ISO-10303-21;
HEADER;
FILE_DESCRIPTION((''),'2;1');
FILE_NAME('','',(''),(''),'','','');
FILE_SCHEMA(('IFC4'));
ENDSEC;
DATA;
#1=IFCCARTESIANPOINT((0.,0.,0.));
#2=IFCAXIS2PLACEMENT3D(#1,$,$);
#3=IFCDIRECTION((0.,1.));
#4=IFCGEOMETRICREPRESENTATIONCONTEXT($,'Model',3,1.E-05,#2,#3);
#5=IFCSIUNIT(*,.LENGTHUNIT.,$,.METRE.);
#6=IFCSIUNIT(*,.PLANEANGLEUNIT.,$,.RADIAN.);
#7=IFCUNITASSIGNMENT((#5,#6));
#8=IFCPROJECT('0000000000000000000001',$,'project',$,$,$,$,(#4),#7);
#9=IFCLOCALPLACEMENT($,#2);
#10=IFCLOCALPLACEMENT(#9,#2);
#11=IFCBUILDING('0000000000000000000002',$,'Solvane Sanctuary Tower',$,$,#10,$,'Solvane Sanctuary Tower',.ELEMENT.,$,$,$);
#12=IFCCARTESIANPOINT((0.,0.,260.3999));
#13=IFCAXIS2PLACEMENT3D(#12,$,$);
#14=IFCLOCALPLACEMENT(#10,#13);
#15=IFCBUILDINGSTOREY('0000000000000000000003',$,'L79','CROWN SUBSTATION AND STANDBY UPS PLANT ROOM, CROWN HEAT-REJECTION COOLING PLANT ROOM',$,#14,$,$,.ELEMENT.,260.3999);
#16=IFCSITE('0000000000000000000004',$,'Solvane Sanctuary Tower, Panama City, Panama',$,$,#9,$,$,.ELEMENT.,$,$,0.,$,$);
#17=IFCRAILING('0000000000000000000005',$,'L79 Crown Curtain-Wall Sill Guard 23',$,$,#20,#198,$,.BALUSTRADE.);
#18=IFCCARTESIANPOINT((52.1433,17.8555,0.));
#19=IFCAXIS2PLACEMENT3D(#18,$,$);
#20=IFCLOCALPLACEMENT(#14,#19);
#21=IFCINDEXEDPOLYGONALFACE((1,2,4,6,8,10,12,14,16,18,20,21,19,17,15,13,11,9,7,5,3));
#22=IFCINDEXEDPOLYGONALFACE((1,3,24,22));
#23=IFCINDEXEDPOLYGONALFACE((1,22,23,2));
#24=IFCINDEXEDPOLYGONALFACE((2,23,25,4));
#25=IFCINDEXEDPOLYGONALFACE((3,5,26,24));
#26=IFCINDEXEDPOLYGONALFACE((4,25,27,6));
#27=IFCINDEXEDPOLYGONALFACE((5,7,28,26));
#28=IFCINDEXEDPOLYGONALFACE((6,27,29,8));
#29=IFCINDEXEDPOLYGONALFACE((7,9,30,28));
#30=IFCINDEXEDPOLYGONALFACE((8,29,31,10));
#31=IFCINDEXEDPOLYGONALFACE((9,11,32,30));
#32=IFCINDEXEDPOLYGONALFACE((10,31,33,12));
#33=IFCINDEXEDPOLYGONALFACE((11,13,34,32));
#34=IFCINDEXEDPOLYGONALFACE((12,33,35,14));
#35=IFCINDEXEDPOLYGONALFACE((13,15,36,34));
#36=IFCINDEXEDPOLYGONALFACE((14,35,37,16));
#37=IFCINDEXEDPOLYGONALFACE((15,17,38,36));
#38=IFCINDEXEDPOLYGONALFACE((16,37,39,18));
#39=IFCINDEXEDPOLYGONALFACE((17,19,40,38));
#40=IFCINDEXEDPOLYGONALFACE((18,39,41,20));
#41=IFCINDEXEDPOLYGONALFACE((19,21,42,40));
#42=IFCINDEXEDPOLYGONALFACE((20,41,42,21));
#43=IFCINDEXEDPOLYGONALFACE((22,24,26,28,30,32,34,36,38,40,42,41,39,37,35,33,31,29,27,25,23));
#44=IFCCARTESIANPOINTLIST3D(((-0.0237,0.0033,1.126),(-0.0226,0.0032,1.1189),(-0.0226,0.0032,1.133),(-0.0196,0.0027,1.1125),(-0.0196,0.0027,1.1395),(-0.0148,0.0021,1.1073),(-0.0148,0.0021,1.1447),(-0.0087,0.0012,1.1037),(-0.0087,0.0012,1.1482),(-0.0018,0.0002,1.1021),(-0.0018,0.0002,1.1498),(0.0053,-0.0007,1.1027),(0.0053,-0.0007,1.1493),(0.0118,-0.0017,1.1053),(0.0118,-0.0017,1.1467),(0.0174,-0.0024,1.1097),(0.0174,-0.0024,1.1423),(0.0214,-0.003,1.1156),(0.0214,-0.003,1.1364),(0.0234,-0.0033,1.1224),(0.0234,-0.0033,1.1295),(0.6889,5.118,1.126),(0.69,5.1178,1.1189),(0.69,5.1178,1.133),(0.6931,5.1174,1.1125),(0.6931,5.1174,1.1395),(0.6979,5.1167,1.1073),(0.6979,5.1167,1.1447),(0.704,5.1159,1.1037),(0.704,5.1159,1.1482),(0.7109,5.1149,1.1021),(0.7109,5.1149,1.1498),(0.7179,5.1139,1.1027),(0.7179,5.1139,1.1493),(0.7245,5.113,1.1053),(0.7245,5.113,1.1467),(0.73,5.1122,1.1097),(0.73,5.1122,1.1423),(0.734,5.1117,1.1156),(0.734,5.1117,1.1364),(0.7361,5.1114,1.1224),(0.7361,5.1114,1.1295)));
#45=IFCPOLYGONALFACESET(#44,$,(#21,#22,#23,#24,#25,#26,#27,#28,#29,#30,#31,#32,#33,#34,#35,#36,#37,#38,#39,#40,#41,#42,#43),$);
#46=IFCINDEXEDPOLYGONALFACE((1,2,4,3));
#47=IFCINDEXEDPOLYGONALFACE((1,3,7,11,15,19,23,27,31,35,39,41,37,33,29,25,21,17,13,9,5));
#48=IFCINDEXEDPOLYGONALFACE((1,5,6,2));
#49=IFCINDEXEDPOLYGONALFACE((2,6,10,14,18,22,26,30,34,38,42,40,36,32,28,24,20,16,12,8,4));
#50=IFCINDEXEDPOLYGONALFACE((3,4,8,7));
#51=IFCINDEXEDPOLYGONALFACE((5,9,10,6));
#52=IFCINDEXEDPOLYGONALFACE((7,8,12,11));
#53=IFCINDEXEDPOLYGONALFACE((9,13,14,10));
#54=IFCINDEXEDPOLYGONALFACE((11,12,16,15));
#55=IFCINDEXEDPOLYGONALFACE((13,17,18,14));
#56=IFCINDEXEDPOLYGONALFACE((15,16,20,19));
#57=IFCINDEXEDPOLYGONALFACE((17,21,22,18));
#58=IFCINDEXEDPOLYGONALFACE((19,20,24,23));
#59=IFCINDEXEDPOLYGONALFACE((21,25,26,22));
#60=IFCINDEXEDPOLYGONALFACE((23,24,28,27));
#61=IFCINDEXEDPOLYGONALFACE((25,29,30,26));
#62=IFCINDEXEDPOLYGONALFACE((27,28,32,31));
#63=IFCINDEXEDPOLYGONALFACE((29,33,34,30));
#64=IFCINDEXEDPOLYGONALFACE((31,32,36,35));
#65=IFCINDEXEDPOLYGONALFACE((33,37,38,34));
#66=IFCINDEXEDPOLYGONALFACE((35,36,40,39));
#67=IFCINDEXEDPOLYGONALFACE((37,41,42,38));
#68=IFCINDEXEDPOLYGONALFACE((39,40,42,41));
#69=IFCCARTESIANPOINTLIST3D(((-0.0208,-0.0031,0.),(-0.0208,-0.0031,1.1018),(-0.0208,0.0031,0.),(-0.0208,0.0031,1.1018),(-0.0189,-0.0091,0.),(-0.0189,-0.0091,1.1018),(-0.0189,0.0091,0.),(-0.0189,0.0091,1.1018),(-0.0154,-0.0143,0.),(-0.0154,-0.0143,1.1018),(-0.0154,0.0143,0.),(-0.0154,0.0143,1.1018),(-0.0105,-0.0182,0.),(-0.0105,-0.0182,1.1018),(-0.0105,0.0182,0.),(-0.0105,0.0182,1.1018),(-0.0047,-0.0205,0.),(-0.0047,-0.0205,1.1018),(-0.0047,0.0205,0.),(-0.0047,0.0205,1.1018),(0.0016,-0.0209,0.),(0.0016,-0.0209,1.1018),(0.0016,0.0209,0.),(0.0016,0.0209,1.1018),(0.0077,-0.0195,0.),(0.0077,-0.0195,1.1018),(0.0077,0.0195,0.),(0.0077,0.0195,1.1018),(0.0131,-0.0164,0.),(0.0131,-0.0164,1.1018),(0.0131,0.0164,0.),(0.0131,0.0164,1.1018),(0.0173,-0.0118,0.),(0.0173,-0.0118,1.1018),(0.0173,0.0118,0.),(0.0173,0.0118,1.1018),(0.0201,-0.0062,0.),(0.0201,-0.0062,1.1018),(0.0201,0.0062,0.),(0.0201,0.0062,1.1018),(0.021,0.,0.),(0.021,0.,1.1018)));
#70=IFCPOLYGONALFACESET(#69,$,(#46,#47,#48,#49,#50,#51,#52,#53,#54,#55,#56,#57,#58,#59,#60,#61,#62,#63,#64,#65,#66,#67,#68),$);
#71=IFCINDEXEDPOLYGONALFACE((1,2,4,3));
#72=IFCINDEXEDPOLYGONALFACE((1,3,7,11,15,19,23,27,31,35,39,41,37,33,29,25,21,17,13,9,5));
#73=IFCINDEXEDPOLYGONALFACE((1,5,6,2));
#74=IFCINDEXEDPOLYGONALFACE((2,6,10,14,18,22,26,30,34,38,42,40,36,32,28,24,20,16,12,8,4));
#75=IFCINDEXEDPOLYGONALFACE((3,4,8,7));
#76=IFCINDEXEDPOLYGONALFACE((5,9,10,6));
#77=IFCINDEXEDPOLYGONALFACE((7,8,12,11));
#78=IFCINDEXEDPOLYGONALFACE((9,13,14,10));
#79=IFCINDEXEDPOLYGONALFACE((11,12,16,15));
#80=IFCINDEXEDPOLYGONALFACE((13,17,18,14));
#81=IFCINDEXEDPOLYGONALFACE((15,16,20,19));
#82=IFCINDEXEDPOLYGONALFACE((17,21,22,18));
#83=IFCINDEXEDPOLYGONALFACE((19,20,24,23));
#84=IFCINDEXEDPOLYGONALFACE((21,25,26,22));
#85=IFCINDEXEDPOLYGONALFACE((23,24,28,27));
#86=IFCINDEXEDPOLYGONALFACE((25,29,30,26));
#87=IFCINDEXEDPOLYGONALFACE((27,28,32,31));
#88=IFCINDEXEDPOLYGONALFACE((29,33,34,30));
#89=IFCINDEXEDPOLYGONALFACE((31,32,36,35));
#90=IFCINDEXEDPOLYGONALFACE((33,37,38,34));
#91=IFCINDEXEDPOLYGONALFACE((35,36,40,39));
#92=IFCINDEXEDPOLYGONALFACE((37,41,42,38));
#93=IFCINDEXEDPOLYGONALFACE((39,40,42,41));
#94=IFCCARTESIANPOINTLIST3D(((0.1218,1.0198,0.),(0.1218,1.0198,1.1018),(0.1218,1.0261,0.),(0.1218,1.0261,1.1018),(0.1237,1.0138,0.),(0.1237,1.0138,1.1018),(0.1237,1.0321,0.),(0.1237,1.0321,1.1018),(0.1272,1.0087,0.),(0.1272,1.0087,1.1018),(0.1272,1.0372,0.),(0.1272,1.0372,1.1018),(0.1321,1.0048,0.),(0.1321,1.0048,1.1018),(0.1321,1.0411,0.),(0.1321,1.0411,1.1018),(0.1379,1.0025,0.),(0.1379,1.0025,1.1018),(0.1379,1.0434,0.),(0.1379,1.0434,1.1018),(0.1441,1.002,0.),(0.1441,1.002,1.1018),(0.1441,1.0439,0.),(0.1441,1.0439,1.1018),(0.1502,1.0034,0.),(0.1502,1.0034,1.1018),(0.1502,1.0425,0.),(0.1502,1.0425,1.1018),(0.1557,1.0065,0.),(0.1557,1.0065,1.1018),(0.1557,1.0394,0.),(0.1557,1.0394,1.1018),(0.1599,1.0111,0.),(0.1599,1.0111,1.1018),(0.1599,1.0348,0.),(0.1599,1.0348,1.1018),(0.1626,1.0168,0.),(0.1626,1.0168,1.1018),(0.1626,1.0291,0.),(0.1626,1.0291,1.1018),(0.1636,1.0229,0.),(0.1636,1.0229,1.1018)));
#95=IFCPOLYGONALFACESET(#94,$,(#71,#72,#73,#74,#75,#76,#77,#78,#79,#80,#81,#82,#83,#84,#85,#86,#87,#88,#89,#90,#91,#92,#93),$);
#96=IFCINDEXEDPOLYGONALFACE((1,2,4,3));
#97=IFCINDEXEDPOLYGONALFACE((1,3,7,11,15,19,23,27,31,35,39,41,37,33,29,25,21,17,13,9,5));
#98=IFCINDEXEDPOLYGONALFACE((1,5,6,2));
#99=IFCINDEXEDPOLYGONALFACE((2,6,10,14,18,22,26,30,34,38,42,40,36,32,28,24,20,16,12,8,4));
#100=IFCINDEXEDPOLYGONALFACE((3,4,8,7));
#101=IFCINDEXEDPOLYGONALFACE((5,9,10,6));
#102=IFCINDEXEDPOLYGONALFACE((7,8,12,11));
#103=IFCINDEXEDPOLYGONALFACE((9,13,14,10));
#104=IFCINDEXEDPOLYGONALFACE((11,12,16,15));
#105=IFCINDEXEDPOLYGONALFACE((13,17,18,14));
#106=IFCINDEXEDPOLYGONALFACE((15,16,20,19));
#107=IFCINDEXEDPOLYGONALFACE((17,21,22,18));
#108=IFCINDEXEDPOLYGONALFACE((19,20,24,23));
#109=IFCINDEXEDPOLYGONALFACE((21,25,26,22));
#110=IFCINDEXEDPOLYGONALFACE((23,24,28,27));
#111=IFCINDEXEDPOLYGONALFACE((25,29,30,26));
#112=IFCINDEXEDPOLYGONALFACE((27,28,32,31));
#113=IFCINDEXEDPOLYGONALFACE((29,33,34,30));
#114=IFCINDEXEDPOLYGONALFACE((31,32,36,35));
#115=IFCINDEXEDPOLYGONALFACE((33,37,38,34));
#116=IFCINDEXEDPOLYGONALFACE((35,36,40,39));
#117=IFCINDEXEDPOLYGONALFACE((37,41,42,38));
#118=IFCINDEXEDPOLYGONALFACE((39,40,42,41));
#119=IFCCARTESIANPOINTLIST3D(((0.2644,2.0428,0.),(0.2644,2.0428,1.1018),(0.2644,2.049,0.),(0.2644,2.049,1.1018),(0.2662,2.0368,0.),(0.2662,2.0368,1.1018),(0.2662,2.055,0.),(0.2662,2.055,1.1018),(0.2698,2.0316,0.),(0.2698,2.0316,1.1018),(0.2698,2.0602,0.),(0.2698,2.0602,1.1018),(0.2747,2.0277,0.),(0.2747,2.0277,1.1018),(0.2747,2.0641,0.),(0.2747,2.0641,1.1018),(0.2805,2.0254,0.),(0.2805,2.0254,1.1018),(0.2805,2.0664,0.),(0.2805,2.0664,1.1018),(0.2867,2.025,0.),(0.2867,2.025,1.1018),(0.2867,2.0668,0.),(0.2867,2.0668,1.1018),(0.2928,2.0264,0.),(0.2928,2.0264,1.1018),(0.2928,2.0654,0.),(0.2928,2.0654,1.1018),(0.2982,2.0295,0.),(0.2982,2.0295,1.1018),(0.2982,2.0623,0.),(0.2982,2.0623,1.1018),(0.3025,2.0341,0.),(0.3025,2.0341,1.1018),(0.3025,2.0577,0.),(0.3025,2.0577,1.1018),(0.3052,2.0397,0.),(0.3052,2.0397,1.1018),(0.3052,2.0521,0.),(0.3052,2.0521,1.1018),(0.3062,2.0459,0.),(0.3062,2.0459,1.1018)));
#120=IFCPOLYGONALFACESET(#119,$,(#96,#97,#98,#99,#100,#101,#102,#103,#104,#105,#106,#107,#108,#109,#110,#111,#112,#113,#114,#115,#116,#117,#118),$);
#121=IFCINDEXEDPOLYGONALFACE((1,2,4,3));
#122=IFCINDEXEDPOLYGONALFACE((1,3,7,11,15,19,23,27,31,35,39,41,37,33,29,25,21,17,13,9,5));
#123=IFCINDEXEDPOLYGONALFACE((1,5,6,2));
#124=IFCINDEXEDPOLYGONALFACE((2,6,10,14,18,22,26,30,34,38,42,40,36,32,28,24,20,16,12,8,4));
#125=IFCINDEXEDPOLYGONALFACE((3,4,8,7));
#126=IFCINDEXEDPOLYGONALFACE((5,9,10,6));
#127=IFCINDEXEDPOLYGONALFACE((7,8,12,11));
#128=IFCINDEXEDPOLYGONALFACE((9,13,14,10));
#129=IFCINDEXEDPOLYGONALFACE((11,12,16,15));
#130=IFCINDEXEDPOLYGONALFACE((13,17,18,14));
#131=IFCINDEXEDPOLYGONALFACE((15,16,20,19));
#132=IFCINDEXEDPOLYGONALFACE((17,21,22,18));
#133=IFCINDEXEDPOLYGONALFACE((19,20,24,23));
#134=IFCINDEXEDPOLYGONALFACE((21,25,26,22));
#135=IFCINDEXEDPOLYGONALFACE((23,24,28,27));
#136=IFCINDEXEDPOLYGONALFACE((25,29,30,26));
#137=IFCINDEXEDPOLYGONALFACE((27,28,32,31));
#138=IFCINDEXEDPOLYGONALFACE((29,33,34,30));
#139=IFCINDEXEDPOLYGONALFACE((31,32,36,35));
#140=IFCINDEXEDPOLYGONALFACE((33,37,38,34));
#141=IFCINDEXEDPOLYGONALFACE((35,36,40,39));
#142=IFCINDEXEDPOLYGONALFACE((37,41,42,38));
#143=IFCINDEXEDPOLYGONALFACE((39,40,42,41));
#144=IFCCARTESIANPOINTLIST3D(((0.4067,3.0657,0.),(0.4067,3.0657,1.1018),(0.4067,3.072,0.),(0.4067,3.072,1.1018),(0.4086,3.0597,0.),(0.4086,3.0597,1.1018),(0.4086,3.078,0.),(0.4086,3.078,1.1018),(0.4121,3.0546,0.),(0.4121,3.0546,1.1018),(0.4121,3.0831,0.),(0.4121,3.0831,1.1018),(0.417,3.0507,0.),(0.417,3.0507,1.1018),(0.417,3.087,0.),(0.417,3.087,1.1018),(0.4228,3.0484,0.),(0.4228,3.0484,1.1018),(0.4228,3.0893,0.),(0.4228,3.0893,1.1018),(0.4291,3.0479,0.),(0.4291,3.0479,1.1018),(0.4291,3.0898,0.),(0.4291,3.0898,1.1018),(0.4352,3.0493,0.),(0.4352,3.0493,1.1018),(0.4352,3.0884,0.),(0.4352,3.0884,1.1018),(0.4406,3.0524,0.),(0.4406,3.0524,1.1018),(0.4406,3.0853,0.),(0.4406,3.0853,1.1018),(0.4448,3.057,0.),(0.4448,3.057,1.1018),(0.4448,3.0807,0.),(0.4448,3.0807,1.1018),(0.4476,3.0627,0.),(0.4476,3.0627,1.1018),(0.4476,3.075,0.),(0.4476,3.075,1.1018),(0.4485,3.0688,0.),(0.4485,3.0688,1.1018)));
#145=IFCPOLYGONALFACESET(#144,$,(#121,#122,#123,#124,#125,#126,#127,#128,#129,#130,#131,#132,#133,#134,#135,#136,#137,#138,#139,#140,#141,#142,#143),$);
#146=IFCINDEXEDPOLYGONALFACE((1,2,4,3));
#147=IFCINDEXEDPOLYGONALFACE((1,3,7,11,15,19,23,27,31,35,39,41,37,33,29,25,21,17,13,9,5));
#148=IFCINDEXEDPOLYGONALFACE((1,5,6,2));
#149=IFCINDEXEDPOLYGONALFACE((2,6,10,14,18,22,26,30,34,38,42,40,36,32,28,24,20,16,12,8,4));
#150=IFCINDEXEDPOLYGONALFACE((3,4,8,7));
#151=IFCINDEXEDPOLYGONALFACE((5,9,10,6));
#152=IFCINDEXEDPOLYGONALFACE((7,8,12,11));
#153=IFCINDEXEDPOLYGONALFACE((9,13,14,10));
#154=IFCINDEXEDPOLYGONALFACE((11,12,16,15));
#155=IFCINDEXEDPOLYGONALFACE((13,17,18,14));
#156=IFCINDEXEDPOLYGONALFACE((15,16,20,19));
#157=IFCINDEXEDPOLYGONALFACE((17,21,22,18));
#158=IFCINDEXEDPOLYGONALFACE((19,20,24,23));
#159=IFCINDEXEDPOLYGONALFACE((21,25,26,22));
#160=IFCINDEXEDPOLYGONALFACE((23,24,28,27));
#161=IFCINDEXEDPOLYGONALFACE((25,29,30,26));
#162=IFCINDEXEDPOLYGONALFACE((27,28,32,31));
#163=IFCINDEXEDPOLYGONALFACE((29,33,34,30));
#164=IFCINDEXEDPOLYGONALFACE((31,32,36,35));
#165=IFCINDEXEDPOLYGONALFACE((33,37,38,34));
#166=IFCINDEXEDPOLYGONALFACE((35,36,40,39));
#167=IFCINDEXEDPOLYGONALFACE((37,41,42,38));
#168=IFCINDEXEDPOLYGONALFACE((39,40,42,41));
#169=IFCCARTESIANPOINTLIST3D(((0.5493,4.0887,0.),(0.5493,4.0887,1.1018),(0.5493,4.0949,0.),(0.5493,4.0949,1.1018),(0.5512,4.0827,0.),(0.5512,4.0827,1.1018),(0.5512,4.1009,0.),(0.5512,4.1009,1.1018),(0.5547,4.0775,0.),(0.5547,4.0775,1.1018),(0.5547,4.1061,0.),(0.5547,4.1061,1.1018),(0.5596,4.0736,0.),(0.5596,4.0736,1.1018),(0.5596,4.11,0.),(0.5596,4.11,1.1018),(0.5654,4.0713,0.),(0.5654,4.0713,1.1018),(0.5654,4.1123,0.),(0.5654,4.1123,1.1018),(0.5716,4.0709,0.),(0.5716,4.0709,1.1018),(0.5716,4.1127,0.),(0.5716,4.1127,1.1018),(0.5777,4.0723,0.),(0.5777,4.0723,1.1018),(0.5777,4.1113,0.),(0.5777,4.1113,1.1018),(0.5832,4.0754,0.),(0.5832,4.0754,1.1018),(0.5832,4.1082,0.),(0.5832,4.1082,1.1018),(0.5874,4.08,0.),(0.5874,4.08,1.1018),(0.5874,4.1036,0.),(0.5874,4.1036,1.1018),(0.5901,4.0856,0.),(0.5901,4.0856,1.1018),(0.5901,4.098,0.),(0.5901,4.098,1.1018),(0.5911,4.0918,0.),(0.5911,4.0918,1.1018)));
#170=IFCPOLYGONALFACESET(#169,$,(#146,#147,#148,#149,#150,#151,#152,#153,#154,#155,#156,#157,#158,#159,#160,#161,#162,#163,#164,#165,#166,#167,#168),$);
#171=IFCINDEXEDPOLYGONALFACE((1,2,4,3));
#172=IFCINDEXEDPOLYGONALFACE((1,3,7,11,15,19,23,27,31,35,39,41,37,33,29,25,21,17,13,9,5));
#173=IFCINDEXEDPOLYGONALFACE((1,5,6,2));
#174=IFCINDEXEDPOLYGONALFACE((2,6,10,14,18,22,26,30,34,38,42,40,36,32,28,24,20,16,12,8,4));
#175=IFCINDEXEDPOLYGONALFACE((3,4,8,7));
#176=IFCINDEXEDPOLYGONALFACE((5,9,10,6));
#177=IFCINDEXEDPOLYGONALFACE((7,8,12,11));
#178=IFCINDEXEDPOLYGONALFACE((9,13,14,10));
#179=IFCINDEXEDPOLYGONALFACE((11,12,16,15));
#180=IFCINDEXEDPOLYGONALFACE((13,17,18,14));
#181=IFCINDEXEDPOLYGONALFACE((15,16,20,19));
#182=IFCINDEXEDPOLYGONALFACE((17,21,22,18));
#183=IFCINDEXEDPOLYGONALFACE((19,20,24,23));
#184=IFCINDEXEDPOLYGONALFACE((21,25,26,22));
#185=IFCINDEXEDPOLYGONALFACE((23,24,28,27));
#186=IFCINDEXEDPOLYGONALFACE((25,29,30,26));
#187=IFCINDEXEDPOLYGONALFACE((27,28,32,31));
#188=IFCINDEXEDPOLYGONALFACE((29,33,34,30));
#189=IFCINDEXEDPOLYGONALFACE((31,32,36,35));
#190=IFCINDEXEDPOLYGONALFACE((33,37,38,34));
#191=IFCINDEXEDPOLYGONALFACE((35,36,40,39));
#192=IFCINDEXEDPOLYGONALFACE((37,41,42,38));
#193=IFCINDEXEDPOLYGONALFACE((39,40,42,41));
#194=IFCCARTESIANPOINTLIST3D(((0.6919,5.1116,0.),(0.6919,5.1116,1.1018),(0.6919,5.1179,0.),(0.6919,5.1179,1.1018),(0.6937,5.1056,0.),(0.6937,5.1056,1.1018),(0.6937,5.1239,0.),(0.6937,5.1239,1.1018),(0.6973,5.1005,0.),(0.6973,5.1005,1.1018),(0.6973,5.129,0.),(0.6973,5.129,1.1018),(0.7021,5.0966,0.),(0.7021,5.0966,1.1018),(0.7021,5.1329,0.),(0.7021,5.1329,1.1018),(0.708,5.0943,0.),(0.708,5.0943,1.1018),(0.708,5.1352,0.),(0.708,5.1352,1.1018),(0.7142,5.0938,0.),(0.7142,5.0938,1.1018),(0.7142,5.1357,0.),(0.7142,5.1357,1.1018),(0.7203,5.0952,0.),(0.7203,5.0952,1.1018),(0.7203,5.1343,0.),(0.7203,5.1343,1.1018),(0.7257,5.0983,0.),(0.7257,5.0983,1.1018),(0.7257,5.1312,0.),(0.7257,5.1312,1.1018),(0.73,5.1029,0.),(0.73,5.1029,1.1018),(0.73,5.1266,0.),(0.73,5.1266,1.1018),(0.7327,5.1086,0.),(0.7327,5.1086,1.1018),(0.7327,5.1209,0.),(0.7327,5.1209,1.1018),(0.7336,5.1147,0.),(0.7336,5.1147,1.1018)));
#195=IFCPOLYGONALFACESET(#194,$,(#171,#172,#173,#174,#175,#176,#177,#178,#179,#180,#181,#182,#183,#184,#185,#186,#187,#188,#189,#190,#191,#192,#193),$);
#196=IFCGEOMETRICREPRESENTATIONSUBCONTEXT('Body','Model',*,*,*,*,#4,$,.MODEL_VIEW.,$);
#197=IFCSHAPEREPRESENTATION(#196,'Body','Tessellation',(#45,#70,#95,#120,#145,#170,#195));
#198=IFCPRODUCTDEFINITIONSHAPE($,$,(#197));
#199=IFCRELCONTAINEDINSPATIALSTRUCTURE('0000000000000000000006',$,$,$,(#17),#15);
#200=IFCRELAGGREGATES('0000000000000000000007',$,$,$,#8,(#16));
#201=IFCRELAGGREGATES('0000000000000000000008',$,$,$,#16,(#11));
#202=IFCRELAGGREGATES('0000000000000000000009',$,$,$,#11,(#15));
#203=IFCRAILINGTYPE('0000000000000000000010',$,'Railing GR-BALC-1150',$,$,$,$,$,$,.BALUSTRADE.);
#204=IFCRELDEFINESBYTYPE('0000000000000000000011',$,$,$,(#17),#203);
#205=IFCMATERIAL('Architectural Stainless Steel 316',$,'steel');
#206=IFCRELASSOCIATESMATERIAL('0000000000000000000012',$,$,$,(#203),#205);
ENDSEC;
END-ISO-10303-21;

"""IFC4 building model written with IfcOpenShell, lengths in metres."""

from ifc_helpers import new_model, si_unit, direction, frame, origin, origin_2d, place, context, subcontext, project, spatial, circle, extrude, material, type_object, element, save


model = new_model("IFC4")

# Units and contexts
model_context = context("Model", 3, precision=1e-05, world=origin(), true_north=direction((0.0, 1.0)))
body_context = subcontext(model_context, "Body", "Model", "MODEL_VIEW")
ifc_project = project(units=[si_unit("LENGTHUNIT", "METRE"), si_unit("PLANEANGLEUNIT", "RADIAN")], contexts=[model_context])

# Site, building, storey
site_placement = place(None, origin())
site = spatial("IfcSite", under=ifc_project, at=site_placement, Name="Solvane Sanctuary Tower, Panama City, Panama", CompositionType="ELEMENT", RefElevation=0.0)
building_placement = place(site_placement, origin())
building = spatial("IfcBuilding", under=site, at=building_placement, Name="Solvane Sanctuary Tower", LongName="Solvane Sanctuary Tower", CompositionType="ELEMENT")
storey_placement = place(building_placement, frame((0.0, 0.0, 260.3999)))
storey = spatial("IfcBuildingStorey", under=building, at=storey_placement, Name="L79", Description="CROWN SUBSTATION AND STANDBY UPS PLANT ROOM, CROWN HEAT-REJECTION COOLING PLANT ROOM", CompositionType="ELEMENT", Elevation=260.3999)

# Shared definitions
ifc_material_1 = material(Name="Architectural Stainless Steel 316", Category="steel")

# Railing
railing_type_1 = type_object("IfcRailingType", Name="Railing GR-BALC-1150", PredefinedType="BALUSTRADE", material=ifc_material_1)
railing_1_placement = place(storey_placement, frame((52.1433, 17.8555, 0.0)))
element("IfcRailing", 1, at=railing_1_placement, inside=storey, type_object=railing_type_1, Name="L79 Crown Curtain-Wall Sill Guard 23", PredefinedType="BALUSTRADE", context=body_context, shape_type="SweptSolid", body=[
    extrude(circle(Radius=0.0239, at=origin_2d()), frame((0.0, 0.0, 1.126), z_axis=(0.137999, 0.990432, 0.0), x_axis=(-0.990432, 0.137999, 0.0)), (0.0, 0.0, 1.0), 5.1641),
    extrude(circle(Radius=0.021, at=origin_2d()), origin(), (0.0, 0.0, 1.0), 1.1018),
    extrude(circle(Radius=0.021, at=origin_2d()), frame((0.1426, 1.0229, 0.0)), (0.0, 0.0, 1.0), 1.1018),
    extrude(circle(Radius=0.021, at=origin_2d()), frame((0.2852, 2.0459, 0.0)), (0.0, 0.0, 1.0), 1.1018),
    extrude(circle(Radius=0.021, at=origin_2d()), frame((0.4275, 3.0688, 0.0)), (0.0, 0.0, 1.0), 1.1018),
    extrude(circle(Radius=0.021, at=origin_2d()), frame((0.5701, 4.0918, 0.0)), (0.0, 0.0, 1.0), 1.1018),
    extrude(circle(Radius=0.021, at=origin_2d()), frame((0.7126, 5.1147, 0.0)), (0.0, 0.0, 1.0), 1.1018),
])

save(model, "model.ifc")
